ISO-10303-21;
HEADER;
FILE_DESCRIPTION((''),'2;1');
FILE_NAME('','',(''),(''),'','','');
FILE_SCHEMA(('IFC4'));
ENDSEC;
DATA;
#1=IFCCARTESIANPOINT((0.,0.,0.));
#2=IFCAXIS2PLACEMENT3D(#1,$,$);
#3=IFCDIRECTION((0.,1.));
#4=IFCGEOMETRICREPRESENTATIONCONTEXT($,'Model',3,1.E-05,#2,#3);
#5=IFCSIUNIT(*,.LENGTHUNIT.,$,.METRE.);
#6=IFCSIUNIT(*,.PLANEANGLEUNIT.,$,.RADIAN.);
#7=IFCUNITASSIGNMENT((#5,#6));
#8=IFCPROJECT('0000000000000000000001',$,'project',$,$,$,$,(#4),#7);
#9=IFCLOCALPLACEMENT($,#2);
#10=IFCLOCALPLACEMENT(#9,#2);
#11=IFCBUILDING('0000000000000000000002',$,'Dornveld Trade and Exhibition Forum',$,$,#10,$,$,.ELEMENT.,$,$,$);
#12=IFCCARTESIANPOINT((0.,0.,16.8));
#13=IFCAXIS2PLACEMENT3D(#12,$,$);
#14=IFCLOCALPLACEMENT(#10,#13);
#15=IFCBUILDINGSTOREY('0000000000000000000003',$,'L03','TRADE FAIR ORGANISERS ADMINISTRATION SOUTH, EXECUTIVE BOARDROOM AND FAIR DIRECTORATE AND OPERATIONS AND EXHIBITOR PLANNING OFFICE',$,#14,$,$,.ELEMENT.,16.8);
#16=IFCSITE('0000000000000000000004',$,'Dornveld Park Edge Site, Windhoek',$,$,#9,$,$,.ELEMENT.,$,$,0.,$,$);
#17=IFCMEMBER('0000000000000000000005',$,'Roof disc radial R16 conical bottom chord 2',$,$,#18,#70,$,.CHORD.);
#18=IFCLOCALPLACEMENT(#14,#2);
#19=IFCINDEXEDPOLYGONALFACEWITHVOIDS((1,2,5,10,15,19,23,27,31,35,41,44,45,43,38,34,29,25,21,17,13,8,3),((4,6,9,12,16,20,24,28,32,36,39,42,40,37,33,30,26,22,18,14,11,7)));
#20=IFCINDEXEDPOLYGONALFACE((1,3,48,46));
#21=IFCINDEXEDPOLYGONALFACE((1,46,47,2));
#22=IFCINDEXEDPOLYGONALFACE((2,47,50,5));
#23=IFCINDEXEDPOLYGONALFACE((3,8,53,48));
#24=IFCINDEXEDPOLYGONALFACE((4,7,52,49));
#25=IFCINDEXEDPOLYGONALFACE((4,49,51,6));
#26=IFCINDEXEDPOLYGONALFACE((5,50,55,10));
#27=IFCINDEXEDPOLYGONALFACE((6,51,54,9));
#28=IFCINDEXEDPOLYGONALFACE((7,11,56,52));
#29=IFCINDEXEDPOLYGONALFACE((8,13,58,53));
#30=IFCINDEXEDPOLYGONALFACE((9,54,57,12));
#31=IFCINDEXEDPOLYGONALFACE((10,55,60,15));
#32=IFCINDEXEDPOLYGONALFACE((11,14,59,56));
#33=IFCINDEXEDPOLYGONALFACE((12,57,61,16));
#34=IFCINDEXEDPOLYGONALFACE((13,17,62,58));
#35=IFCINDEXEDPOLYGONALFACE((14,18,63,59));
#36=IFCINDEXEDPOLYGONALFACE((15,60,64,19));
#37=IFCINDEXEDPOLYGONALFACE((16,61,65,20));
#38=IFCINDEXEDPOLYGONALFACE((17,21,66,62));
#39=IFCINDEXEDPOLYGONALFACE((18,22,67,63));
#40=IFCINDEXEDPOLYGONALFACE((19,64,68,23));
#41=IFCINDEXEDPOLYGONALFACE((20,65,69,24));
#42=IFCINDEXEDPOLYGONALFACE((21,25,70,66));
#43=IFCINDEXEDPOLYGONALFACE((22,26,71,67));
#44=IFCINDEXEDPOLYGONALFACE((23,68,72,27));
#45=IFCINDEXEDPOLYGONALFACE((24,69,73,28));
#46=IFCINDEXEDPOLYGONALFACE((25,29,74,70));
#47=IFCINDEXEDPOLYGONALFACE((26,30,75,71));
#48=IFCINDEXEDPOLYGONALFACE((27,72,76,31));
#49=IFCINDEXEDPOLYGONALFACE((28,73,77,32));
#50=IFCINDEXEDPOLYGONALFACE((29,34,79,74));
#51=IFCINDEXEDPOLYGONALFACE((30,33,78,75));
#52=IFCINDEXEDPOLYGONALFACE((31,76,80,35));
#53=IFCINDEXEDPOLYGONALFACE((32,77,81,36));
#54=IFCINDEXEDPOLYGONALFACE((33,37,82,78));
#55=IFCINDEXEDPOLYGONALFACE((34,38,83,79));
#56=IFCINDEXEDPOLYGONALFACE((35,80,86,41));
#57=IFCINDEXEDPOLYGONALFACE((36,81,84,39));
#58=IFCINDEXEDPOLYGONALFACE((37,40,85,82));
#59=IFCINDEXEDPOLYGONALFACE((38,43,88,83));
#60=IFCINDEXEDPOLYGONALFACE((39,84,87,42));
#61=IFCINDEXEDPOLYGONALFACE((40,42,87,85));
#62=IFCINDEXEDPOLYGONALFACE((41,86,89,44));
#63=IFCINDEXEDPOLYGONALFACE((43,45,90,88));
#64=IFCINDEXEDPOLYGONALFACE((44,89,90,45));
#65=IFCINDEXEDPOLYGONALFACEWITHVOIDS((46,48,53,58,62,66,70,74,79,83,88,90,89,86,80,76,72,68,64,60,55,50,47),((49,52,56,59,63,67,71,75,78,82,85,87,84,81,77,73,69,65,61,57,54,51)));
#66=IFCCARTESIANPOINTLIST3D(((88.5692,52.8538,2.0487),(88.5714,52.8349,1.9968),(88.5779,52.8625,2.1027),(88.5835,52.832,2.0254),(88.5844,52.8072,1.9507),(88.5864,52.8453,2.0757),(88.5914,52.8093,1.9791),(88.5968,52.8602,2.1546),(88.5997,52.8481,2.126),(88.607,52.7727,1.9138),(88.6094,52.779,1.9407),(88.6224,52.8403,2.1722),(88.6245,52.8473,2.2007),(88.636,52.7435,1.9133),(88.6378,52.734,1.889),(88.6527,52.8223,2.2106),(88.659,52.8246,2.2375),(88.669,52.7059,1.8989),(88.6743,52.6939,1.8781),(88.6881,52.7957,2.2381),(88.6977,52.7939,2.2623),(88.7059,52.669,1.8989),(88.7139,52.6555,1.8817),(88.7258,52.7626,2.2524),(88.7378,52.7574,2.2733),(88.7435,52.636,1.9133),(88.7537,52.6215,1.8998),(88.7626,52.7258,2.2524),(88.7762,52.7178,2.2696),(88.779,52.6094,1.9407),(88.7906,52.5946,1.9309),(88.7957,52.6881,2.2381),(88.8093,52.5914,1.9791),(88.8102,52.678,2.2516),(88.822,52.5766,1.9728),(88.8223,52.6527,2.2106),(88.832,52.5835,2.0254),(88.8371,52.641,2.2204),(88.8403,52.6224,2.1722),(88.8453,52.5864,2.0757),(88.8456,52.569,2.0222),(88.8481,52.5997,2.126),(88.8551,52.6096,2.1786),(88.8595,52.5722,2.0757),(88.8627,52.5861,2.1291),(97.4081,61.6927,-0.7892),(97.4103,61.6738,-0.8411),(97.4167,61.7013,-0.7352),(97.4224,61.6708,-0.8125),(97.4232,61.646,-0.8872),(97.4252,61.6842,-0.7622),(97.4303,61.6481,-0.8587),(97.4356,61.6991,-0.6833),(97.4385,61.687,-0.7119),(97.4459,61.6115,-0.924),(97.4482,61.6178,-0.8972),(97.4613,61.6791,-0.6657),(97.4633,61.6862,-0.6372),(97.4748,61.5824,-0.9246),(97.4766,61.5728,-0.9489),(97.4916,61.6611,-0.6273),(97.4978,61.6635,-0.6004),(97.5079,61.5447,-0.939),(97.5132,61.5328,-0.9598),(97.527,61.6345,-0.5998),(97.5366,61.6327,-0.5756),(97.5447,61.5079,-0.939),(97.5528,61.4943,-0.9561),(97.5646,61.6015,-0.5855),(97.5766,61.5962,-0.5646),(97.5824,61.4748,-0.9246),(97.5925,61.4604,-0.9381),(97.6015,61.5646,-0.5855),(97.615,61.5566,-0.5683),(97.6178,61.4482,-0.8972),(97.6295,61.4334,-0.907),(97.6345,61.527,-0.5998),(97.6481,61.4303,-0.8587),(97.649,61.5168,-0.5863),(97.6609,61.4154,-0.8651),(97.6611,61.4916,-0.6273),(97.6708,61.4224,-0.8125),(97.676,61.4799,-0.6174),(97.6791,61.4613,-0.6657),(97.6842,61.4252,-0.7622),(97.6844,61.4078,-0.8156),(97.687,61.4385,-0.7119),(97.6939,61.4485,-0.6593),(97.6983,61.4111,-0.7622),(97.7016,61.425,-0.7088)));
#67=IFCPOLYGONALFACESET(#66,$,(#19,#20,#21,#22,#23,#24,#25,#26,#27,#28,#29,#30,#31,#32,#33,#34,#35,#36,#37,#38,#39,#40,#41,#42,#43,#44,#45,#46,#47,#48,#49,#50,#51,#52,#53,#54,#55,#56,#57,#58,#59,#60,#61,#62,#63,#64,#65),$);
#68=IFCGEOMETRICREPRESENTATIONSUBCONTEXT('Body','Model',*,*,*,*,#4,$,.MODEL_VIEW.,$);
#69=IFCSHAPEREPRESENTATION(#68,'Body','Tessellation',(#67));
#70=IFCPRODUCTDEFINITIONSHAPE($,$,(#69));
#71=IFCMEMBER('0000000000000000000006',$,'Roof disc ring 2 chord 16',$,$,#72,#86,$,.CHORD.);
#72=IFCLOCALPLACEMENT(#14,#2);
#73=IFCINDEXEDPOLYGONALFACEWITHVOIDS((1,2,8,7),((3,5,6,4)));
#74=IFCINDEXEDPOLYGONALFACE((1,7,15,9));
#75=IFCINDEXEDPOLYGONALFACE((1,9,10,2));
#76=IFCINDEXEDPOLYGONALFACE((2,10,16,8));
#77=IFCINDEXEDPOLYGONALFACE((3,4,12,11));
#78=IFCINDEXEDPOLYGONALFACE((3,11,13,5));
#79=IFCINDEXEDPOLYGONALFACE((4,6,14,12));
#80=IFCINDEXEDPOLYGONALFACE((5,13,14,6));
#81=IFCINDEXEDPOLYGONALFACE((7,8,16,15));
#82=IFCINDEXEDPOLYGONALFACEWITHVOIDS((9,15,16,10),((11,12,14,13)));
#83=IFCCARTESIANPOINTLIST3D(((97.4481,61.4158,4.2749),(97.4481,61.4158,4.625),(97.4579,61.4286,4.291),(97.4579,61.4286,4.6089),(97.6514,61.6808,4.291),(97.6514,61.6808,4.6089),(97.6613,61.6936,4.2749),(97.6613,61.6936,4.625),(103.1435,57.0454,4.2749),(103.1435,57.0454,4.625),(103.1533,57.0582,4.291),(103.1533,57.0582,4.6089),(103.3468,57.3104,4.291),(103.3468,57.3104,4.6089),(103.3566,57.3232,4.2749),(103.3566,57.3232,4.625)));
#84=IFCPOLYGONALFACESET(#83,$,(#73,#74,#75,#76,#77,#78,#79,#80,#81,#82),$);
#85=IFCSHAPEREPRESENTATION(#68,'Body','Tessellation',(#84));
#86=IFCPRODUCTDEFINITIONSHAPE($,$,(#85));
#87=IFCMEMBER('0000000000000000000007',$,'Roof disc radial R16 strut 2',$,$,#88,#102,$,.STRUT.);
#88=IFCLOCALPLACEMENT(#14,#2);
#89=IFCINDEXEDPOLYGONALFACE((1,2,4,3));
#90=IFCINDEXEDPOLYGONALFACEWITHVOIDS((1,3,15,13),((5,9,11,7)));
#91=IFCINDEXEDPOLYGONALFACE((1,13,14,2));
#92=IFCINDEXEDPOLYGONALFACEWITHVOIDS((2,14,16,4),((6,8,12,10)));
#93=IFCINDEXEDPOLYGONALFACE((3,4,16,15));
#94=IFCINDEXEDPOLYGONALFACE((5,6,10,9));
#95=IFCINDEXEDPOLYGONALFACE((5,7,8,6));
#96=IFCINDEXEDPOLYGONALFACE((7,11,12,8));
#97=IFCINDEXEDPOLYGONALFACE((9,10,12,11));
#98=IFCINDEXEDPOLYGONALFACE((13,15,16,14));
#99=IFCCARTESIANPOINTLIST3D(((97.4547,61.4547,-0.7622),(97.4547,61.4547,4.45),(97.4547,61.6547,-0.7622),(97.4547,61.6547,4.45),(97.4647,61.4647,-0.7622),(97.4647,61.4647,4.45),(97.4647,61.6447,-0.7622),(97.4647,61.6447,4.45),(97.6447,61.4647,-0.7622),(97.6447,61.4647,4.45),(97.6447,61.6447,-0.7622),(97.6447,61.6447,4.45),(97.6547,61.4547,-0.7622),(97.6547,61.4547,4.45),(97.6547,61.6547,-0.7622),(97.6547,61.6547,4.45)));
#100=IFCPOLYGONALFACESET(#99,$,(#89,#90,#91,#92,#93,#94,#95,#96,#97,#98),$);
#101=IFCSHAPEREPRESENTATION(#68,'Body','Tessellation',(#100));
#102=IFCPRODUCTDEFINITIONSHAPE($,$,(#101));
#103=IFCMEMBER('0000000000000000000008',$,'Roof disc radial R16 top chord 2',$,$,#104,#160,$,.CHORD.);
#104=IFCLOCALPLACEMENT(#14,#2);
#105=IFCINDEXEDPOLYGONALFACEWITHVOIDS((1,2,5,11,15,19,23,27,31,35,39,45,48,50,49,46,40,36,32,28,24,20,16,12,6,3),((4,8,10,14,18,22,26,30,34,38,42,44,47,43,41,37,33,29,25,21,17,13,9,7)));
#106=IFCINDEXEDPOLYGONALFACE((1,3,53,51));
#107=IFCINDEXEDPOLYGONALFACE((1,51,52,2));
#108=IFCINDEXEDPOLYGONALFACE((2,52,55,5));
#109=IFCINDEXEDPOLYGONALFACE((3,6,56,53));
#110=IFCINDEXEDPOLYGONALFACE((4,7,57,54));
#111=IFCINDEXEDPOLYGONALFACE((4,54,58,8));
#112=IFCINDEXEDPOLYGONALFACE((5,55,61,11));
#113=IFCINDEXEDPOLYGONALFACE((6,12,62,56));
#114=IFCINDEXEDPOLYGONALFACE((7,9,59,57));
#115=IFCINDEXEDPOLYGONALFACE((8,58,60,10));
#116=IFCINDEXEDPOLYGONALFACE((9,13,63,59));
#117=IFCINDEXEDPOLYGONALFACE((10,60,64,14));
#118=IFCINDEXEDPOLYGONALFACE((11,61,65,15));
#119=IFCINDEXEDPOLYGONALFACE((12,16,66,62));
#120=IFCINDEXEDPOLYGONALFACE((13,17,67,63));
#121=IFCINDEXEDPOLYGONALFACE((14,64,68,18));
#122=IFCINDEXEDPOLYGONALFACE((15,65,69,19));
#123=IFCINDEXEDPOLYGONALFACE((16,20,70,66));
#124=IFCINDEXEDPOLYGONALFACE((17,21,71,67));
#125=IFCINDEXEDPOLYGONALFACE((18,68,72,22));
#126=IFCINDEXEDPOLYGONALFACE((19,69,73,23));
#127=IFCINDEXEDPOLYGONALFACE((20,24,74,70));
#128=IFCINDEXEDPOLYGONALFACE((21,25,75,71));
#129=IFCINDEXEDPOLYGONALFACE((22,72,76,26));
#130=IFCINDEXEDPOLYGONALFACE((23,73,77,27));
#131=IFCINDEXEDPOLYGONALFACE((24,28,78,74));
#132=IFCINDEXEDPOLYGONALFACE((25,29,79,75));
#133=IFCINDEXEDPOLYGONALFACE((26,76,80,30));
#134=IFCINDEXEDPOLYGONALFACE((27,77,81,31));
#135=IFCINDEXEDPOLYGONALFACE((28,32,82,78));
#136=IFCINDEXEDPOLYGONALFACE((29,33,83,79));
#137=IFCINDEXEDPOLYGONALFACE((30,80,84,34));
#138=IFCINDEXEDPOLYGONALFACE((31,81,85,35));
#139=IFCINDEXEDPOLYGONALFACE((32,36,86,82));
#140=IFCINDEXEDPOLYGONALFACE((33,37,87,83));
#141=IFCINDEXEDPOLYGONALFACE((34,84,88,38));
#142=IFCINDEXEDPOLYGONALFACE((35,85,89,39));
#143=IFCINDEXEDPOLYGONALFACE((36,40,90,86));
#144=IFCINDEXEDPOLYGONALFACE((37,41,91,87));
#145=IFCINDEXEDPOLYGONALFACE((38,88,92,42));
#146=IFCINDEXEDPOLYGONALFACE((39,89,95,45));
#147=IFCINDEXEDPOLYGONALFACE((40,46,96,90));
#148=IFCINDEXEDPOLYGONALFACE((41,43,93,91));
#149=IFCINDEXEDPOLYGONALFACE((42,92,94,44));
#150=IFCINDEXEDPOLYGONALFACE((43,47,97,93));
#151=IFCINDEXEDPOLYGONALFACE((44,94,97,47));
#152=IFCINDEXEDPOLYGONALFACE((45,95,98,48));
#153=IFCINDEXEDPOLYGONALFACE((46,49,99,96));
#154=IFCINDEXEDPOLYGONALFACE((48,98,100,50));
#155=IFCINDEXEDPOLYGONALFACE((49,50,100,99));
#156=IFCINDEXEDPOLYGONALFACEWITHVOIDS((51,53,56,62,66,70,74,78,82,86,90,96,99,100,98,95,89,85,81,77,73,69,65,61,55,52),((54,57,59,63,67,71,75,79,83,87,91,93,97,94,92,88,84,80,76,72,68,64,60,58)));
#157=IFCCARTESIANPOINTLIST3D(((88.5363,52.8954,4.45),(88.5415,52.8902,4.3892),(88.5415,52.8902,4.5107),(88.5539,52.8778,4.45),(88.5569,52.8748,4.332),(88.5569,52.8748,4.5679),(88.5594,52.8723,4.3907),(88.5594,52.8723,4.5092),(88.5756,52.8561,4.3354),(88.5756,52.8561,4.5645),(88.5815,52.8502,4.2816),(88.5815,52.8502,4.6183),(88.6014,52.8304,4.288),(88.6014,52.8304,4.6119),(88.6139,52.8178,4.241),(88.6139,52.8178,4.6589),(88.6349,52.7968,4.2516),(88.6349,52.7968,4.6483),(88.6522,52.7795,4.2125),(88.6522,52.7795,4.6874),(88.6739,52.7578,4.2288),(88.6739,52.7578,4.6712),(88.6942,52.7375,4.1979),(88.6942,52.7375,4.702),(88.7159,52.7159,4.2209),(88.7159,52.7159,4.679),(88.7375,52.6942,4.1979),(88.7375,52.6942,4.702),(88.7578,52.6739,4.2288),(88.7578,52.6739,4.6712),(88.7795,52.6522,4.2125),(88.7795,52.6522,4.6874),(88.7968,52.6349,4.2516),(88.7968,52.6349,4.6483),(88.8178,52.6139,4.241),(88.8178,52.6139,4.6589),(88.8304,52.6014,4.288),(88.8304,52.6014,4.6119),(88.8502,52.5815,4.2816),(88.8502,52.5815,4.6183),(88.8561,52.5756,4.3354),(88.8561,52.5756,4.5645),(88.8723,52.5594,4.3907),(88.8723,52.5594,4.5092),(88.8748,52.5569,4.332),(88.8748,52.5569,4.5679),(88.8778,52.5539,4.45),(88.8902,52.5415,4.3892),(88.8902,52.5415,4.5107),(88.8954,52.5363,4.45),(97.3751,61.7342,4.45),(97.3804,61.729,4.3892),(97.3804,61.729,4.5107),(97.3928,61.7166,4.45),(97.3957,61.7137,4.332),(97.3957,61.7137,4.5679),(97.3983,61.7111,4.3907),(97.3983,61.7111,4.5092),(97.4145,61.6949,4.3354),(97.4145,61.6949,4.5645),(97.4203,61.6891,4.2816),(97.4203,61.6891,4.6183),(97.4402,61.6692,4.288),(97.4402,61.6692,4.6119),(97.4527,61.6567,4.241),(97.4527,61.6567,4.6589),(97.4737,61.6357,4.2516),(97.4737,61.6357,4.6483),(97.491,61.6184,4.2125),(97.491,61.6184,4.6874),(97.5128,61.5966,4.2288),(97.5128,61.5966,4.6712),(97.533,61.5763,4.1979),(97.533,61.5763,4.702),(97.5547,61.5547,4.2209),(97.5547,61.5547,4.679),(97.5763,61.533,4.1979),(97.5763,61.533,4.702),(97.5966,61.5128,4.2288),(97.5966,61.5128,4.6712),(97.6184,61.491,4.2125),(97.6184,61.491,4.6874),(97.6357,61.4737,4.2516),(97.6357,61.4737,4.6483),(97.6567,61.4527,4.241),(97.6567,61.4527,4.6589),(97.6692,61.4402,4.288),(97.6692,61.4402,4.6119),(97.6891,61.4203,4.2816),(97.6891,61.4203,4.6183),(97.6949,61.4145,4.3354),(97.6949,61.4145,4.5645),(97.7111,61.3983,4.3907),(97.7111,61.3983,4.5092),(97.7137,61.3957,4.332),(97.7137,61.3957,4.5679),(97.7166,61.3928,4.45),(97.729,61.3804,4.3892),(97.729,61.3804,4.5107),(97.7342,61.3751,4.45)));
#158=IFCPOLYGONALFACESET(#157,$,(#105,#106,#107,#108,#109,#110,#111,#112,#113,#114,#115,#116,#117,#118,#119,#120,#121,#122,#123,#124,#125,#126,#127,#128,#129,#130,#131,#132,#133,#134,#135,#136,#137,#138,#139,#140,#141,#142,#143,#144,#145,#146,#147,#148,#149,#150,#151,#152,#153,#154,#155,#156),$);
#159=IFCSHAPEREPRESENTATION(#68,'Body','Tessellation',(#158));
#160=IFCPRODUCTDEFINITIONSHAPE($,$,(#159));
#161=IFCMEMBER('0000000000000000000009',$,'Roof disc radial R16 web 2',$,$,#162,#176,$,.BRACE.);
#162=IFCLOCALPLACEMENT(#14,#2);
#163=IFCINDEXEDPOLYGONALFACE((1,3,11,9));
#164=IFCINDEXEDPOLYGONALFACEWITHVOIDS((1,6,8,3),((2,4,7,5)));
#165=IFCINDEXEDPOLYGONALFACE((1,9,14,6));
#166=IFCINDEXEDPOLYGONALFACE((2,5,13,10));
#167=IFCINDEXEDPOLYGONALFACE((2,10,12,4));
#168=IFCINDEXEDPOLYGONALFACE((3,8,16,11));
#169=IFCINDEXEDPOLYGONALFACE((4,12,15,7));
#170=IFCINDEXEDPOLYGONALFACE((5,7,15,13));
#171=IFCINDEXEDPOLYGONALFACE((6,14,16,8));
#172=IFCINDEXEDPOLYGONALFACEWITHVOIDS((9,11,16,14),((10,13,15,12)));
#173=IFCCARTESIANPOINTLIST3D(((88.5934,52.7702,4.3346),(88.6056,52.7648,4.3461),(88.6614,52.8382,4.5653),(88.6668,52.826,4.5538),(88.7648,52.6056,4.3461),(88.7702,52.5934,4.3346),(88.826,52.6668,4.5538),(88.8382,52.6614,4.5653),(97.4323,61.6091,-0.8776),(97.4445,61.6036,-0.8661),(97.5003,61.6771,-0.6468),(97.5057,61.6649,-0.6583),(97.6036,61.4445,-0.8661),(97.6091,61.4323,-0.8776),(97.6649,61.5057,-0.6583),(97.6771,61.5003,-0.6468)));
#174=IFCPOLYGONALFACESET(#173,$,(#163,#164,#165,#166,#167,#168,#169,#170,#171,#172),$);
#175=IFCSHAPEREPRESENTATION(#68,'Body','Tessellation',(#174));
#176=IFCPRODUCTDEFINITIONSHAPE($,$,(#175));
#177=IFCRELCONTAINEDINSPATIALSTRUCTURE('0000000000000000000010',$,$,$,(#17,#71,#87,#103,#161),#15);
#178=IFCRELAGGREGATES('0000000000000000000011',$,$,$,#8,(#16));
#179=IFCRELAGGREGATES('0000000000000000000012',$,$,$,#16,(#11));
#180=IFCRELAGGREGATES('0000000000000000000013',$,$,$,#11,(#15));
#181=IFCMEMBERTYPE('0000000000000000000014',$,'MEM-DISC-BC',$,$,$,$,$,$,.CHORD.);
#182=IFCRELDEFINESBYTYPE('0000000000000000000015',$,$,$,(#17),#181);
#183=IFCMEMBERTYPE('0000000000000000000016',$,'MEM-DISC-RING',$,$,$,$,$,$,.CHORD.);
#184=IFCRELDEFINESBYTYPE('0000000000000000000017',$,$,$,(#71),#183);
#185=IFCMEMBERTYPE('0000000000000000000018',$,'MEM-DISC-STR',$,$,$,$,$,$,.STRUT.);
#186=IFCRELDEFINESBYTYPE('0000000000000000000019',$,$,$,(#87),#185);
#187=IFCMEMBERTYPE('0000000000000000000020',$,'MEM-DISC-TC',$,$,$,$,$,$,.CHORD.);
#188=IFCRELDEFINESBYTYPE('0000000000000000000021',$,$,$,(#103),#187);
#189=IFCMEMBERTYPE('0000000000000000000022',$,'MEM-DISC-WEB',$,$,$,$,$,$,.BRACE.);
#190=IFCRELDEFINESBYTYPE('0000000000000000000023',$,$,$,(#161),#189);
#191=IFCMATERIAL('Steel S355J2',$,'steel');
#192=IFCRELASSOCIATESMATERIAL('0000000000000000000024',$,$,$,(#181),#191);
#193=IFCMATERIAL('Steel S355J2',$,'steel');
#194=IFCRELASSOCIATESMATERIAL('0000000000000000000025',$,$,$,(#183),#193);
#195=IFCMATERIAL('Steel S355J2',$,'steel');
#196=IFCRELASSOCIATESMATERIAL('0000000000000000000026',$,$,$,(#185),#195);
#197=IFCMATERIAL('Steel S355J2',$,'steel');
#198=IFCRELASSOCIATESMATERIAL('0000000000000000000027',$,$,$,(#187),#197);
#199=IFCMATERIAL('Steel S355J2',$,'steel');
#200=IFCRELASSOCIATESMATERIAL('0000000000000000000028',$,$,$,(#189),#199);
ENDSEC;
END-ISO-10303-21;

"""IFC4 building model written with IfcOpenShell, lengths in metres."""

from ifc_helpers import new_model, si_unit, direction, frame, origin, origin_2d, place, context, subcontext, project, spatial, hollow_rectangle, hollow_circle, extrude, material, material_profile, profile_set, type_object, element, save


model = new_model("IFC4")

# Units and contexts
model_context = context("Model", 3, precision=1e-05, world=origin(), true_north=direction((0.0, 1.0)))
body_context = subcontext(model_context, "Body", "Model", "MODEL_VIEW")
ifc_project = project(units=[si_unit("LENGTHUNIT", "METRE"), si_unit("PLANEANGLEUNIT", "RADIAN")], contexts=[model_context])

# Site, building, storey
site_placement = place(None, origin())
site = spatial("IfcSite", under=ifc_project, at=site_placement, Name="Dornveld Park Edge Site, Windhoek", CompositionType="ELEMENT", RefElevation=0.0)
building_placement = place(site_placement, origin())
building = spatial("IfcBuilding", under=site, at=building_placement, Name="Dornveld Trade and Exhibition Forum", CompositionType="ELEMENT")
storey_placement = place(building_placement, frame((0.0, 0.0, 16.8)))
storey = spatial("IfcBuildingStorey", under=building, at=storey_placement, Name="L03", Description="TRADE FAIR ORGANISERS ADMINISTRATION SOUTH, EXECUTIVE BOARDROOM AND FAIR DIRECTORATE AND OPERATIONS AND EXHIBITOR PLANNING OFFICE", CompositionType="ELEMENT", Elevation=16.8)

# Members
ifc_material_1 = material(Name="Steel S355J2", Category="steel")
ifc_material_profile_1 = material_profile(ifc_material_1, hollow_circle(Radius=0.2031, WallThickness=0.02, at=origin_2d()), Name="CHS 406.4x20")
ifc_profile_set_1 = profile_set([ifc_material_profile_1], Name="Steel S355J2")
member_type_1 = type_object("IfcMemberType", Name="MEM-DISC-BC", PredefinedType="CHORD", material=ifc_profile_set_1)
member_1_placement = place(storey_placement, frame((97.5547, 61.5547, -0.7622), z_axis=(-0.689559, -0.689559, 0.221396), x_axis=(0.707107, -0.707107, 0.0)))
element("IfcMember", 1, at=member_1_placement, inside=storey, type_object=member_type_1, Name="Roof disc radial R16 conical bottom chord 2", PredefinedType="CHORD", context=body_context, shape_type="SweptSolid", body=[
    extrude(hollow_circle(Radius=0.2031, WallThickness=0.02, at=origin_2d()), origin(), (0.0, 0.0, 1.0), 12.8181),
])
ifc_material_2 = material(Name="Steel S355J2", Category="steel")
ifc_material_profile_2 = material_profile(ifc_material_2, hollow_rectangle(XDim=0.3501, YDim=0.3501, WallThickness=0.0161, at=origin_2d()), Name="SHS 350x350x16")
ifc_profile_set_2 = profile_set([ifc_material_profile_2], Name="Steel S355J2")
member_type_2 = type_object("IfcMemberType", Name="MEM-DISC-RING", PredefinedType="CHORD", material=ifc_profile_set_2)
member_2_placement = place(storey_placement, frame((97.5547, 61.5547, 4.45), z_axis=(0.79334, -0.608778, 0.0), x_axis=(0.608778, 0.79334, 0.0)))
element("IfcMember", 2, at=member_2_placement, inside=storey, type_object=member_type_2, Name="Roof disc ring 2 chord 16", PredefinedType="CHORD", context=body_context, shape_type="SweptSolid", body=[
    extrude(hollow_rectangle(XDim=0.3501, YDim=0.3501, WallThickness=0.0161, at=origin_2d()), origin(), (0.0, 0.0, 1.0), 7.179),
])
ifc_material_3 = material(Name="Steel S355J2", Category="steel")
ifc_material_profile_3 = material_profile(ifc_material_3, hollow_rectangle(XDim=0.2, YDim=0.2, WallThickness=0.01, at=origin_2d()), Name="SHS 200x200x10")
ifc_profile_set_3 = profile_set([ifc_material_profile_3], Name="Steel S355J2")
member_type_3 = type_object("IfcMemberType", Name="MEM-DISC-STR", PredefinedType="STRUT", material=ifc_profile_set_3)
member_3_placement = place(storey_placement, frame((97.5547, 61.5547, -0.7622), z_axis=(0.0, 0.0, 1.0), x_axis=(1.0, 0.0, 0.0)))
element("IfcMember", 3, at=member_3_placement, inside=storey, type_object=member_type_3, Name="Roof disc radial R16 strut 2", PredefinedType="STRUT", context=body_context, shape_type="SweptSolid", body=[
    extrude(hollow_rectangle(XDim=0.2, YDim=0.2, WallThickness=0.01, at=origin_2d()), origin(), (0.0, 0.0, 1.0), 5.2122),
])
ifc_material_4 = material(Name="Steel S355J2", Category="steel")
ifc_material_profile_4 = material_profile(ifc_material_4, hollow_circle(Radius=0.2539, WallThickness=0.0249, at=origin_2d()), Name="CHS 508x25")
ifc_profile_set_4 = profile_set([ifc_material_profile_4], Name="Steel S355J2")
member_type_4 = type_object("IfcMemberType", Name="MEM-DISC-TC", PredefinedType="CHORD", material=ifc_profile_set_4)
member_4_placement = place(storey_placement, frame((97.5547, 61.5547, 4.45), z_axis=(-0.707107, -0.707107, 0.0), x_axis=(0.707107, -0.707107, 0.0)))
element("IfcMember", 4, at=member_4_placement, inside=storey, type_object=member_type_4, Name="Roof disc radial R16 top chord 2", PredefinedType="CHORD", context=body_context, shape_type="SweptSolid", body=[
    extrude(hollow_circle(Radius=0.2539, WallThickness=0.0249, at=origin_2d()), origin(), (0.0, 0.0, 1.0), 12.5),
])
ifc_material_5 = material(Name="Steel S355J2", Category="steel")
ifc_material_profile_5 = material_profile(ifc_material_5, hollow_rectangle(XDim=0.25, YDim=0.25, WallThickness=0.0125, at=origin_2d()), Name="SHS 250x250x12.5")
ifc_profile_set_5 = profile_set([ifc_material_profile_5], Name="Steel S355J2")
member_type_5 = type_object("IfcMemberType", Name="MEM-DISC-WEB", PredefinedType="BRACE", material=ifc_profile_set_5)
member_5_placement = place(storey_placement, frame((97.5547, 61.5547, -0.7622), z_axis=(-0.652643, -0.652643, 0.384855), x_axis=(0.707107, -0.707107, 0.0)))
element("IfcMember", 5, at=member_5_placement, inside=storey, type_object=member_type_5, Name="Roof disc radial R16 web 2", PredefinedType="BRACE", context=body_context, shape_type="SweptSolid", body=[
    extrude(hollow_rectangle(XDim=0.25, YDim=0.25, WallThickness=0.0125, at=origin_2d()), origin(), (0.0, 0.0, 1.0), 13.5432),
])

save(model, "model.ifc")
